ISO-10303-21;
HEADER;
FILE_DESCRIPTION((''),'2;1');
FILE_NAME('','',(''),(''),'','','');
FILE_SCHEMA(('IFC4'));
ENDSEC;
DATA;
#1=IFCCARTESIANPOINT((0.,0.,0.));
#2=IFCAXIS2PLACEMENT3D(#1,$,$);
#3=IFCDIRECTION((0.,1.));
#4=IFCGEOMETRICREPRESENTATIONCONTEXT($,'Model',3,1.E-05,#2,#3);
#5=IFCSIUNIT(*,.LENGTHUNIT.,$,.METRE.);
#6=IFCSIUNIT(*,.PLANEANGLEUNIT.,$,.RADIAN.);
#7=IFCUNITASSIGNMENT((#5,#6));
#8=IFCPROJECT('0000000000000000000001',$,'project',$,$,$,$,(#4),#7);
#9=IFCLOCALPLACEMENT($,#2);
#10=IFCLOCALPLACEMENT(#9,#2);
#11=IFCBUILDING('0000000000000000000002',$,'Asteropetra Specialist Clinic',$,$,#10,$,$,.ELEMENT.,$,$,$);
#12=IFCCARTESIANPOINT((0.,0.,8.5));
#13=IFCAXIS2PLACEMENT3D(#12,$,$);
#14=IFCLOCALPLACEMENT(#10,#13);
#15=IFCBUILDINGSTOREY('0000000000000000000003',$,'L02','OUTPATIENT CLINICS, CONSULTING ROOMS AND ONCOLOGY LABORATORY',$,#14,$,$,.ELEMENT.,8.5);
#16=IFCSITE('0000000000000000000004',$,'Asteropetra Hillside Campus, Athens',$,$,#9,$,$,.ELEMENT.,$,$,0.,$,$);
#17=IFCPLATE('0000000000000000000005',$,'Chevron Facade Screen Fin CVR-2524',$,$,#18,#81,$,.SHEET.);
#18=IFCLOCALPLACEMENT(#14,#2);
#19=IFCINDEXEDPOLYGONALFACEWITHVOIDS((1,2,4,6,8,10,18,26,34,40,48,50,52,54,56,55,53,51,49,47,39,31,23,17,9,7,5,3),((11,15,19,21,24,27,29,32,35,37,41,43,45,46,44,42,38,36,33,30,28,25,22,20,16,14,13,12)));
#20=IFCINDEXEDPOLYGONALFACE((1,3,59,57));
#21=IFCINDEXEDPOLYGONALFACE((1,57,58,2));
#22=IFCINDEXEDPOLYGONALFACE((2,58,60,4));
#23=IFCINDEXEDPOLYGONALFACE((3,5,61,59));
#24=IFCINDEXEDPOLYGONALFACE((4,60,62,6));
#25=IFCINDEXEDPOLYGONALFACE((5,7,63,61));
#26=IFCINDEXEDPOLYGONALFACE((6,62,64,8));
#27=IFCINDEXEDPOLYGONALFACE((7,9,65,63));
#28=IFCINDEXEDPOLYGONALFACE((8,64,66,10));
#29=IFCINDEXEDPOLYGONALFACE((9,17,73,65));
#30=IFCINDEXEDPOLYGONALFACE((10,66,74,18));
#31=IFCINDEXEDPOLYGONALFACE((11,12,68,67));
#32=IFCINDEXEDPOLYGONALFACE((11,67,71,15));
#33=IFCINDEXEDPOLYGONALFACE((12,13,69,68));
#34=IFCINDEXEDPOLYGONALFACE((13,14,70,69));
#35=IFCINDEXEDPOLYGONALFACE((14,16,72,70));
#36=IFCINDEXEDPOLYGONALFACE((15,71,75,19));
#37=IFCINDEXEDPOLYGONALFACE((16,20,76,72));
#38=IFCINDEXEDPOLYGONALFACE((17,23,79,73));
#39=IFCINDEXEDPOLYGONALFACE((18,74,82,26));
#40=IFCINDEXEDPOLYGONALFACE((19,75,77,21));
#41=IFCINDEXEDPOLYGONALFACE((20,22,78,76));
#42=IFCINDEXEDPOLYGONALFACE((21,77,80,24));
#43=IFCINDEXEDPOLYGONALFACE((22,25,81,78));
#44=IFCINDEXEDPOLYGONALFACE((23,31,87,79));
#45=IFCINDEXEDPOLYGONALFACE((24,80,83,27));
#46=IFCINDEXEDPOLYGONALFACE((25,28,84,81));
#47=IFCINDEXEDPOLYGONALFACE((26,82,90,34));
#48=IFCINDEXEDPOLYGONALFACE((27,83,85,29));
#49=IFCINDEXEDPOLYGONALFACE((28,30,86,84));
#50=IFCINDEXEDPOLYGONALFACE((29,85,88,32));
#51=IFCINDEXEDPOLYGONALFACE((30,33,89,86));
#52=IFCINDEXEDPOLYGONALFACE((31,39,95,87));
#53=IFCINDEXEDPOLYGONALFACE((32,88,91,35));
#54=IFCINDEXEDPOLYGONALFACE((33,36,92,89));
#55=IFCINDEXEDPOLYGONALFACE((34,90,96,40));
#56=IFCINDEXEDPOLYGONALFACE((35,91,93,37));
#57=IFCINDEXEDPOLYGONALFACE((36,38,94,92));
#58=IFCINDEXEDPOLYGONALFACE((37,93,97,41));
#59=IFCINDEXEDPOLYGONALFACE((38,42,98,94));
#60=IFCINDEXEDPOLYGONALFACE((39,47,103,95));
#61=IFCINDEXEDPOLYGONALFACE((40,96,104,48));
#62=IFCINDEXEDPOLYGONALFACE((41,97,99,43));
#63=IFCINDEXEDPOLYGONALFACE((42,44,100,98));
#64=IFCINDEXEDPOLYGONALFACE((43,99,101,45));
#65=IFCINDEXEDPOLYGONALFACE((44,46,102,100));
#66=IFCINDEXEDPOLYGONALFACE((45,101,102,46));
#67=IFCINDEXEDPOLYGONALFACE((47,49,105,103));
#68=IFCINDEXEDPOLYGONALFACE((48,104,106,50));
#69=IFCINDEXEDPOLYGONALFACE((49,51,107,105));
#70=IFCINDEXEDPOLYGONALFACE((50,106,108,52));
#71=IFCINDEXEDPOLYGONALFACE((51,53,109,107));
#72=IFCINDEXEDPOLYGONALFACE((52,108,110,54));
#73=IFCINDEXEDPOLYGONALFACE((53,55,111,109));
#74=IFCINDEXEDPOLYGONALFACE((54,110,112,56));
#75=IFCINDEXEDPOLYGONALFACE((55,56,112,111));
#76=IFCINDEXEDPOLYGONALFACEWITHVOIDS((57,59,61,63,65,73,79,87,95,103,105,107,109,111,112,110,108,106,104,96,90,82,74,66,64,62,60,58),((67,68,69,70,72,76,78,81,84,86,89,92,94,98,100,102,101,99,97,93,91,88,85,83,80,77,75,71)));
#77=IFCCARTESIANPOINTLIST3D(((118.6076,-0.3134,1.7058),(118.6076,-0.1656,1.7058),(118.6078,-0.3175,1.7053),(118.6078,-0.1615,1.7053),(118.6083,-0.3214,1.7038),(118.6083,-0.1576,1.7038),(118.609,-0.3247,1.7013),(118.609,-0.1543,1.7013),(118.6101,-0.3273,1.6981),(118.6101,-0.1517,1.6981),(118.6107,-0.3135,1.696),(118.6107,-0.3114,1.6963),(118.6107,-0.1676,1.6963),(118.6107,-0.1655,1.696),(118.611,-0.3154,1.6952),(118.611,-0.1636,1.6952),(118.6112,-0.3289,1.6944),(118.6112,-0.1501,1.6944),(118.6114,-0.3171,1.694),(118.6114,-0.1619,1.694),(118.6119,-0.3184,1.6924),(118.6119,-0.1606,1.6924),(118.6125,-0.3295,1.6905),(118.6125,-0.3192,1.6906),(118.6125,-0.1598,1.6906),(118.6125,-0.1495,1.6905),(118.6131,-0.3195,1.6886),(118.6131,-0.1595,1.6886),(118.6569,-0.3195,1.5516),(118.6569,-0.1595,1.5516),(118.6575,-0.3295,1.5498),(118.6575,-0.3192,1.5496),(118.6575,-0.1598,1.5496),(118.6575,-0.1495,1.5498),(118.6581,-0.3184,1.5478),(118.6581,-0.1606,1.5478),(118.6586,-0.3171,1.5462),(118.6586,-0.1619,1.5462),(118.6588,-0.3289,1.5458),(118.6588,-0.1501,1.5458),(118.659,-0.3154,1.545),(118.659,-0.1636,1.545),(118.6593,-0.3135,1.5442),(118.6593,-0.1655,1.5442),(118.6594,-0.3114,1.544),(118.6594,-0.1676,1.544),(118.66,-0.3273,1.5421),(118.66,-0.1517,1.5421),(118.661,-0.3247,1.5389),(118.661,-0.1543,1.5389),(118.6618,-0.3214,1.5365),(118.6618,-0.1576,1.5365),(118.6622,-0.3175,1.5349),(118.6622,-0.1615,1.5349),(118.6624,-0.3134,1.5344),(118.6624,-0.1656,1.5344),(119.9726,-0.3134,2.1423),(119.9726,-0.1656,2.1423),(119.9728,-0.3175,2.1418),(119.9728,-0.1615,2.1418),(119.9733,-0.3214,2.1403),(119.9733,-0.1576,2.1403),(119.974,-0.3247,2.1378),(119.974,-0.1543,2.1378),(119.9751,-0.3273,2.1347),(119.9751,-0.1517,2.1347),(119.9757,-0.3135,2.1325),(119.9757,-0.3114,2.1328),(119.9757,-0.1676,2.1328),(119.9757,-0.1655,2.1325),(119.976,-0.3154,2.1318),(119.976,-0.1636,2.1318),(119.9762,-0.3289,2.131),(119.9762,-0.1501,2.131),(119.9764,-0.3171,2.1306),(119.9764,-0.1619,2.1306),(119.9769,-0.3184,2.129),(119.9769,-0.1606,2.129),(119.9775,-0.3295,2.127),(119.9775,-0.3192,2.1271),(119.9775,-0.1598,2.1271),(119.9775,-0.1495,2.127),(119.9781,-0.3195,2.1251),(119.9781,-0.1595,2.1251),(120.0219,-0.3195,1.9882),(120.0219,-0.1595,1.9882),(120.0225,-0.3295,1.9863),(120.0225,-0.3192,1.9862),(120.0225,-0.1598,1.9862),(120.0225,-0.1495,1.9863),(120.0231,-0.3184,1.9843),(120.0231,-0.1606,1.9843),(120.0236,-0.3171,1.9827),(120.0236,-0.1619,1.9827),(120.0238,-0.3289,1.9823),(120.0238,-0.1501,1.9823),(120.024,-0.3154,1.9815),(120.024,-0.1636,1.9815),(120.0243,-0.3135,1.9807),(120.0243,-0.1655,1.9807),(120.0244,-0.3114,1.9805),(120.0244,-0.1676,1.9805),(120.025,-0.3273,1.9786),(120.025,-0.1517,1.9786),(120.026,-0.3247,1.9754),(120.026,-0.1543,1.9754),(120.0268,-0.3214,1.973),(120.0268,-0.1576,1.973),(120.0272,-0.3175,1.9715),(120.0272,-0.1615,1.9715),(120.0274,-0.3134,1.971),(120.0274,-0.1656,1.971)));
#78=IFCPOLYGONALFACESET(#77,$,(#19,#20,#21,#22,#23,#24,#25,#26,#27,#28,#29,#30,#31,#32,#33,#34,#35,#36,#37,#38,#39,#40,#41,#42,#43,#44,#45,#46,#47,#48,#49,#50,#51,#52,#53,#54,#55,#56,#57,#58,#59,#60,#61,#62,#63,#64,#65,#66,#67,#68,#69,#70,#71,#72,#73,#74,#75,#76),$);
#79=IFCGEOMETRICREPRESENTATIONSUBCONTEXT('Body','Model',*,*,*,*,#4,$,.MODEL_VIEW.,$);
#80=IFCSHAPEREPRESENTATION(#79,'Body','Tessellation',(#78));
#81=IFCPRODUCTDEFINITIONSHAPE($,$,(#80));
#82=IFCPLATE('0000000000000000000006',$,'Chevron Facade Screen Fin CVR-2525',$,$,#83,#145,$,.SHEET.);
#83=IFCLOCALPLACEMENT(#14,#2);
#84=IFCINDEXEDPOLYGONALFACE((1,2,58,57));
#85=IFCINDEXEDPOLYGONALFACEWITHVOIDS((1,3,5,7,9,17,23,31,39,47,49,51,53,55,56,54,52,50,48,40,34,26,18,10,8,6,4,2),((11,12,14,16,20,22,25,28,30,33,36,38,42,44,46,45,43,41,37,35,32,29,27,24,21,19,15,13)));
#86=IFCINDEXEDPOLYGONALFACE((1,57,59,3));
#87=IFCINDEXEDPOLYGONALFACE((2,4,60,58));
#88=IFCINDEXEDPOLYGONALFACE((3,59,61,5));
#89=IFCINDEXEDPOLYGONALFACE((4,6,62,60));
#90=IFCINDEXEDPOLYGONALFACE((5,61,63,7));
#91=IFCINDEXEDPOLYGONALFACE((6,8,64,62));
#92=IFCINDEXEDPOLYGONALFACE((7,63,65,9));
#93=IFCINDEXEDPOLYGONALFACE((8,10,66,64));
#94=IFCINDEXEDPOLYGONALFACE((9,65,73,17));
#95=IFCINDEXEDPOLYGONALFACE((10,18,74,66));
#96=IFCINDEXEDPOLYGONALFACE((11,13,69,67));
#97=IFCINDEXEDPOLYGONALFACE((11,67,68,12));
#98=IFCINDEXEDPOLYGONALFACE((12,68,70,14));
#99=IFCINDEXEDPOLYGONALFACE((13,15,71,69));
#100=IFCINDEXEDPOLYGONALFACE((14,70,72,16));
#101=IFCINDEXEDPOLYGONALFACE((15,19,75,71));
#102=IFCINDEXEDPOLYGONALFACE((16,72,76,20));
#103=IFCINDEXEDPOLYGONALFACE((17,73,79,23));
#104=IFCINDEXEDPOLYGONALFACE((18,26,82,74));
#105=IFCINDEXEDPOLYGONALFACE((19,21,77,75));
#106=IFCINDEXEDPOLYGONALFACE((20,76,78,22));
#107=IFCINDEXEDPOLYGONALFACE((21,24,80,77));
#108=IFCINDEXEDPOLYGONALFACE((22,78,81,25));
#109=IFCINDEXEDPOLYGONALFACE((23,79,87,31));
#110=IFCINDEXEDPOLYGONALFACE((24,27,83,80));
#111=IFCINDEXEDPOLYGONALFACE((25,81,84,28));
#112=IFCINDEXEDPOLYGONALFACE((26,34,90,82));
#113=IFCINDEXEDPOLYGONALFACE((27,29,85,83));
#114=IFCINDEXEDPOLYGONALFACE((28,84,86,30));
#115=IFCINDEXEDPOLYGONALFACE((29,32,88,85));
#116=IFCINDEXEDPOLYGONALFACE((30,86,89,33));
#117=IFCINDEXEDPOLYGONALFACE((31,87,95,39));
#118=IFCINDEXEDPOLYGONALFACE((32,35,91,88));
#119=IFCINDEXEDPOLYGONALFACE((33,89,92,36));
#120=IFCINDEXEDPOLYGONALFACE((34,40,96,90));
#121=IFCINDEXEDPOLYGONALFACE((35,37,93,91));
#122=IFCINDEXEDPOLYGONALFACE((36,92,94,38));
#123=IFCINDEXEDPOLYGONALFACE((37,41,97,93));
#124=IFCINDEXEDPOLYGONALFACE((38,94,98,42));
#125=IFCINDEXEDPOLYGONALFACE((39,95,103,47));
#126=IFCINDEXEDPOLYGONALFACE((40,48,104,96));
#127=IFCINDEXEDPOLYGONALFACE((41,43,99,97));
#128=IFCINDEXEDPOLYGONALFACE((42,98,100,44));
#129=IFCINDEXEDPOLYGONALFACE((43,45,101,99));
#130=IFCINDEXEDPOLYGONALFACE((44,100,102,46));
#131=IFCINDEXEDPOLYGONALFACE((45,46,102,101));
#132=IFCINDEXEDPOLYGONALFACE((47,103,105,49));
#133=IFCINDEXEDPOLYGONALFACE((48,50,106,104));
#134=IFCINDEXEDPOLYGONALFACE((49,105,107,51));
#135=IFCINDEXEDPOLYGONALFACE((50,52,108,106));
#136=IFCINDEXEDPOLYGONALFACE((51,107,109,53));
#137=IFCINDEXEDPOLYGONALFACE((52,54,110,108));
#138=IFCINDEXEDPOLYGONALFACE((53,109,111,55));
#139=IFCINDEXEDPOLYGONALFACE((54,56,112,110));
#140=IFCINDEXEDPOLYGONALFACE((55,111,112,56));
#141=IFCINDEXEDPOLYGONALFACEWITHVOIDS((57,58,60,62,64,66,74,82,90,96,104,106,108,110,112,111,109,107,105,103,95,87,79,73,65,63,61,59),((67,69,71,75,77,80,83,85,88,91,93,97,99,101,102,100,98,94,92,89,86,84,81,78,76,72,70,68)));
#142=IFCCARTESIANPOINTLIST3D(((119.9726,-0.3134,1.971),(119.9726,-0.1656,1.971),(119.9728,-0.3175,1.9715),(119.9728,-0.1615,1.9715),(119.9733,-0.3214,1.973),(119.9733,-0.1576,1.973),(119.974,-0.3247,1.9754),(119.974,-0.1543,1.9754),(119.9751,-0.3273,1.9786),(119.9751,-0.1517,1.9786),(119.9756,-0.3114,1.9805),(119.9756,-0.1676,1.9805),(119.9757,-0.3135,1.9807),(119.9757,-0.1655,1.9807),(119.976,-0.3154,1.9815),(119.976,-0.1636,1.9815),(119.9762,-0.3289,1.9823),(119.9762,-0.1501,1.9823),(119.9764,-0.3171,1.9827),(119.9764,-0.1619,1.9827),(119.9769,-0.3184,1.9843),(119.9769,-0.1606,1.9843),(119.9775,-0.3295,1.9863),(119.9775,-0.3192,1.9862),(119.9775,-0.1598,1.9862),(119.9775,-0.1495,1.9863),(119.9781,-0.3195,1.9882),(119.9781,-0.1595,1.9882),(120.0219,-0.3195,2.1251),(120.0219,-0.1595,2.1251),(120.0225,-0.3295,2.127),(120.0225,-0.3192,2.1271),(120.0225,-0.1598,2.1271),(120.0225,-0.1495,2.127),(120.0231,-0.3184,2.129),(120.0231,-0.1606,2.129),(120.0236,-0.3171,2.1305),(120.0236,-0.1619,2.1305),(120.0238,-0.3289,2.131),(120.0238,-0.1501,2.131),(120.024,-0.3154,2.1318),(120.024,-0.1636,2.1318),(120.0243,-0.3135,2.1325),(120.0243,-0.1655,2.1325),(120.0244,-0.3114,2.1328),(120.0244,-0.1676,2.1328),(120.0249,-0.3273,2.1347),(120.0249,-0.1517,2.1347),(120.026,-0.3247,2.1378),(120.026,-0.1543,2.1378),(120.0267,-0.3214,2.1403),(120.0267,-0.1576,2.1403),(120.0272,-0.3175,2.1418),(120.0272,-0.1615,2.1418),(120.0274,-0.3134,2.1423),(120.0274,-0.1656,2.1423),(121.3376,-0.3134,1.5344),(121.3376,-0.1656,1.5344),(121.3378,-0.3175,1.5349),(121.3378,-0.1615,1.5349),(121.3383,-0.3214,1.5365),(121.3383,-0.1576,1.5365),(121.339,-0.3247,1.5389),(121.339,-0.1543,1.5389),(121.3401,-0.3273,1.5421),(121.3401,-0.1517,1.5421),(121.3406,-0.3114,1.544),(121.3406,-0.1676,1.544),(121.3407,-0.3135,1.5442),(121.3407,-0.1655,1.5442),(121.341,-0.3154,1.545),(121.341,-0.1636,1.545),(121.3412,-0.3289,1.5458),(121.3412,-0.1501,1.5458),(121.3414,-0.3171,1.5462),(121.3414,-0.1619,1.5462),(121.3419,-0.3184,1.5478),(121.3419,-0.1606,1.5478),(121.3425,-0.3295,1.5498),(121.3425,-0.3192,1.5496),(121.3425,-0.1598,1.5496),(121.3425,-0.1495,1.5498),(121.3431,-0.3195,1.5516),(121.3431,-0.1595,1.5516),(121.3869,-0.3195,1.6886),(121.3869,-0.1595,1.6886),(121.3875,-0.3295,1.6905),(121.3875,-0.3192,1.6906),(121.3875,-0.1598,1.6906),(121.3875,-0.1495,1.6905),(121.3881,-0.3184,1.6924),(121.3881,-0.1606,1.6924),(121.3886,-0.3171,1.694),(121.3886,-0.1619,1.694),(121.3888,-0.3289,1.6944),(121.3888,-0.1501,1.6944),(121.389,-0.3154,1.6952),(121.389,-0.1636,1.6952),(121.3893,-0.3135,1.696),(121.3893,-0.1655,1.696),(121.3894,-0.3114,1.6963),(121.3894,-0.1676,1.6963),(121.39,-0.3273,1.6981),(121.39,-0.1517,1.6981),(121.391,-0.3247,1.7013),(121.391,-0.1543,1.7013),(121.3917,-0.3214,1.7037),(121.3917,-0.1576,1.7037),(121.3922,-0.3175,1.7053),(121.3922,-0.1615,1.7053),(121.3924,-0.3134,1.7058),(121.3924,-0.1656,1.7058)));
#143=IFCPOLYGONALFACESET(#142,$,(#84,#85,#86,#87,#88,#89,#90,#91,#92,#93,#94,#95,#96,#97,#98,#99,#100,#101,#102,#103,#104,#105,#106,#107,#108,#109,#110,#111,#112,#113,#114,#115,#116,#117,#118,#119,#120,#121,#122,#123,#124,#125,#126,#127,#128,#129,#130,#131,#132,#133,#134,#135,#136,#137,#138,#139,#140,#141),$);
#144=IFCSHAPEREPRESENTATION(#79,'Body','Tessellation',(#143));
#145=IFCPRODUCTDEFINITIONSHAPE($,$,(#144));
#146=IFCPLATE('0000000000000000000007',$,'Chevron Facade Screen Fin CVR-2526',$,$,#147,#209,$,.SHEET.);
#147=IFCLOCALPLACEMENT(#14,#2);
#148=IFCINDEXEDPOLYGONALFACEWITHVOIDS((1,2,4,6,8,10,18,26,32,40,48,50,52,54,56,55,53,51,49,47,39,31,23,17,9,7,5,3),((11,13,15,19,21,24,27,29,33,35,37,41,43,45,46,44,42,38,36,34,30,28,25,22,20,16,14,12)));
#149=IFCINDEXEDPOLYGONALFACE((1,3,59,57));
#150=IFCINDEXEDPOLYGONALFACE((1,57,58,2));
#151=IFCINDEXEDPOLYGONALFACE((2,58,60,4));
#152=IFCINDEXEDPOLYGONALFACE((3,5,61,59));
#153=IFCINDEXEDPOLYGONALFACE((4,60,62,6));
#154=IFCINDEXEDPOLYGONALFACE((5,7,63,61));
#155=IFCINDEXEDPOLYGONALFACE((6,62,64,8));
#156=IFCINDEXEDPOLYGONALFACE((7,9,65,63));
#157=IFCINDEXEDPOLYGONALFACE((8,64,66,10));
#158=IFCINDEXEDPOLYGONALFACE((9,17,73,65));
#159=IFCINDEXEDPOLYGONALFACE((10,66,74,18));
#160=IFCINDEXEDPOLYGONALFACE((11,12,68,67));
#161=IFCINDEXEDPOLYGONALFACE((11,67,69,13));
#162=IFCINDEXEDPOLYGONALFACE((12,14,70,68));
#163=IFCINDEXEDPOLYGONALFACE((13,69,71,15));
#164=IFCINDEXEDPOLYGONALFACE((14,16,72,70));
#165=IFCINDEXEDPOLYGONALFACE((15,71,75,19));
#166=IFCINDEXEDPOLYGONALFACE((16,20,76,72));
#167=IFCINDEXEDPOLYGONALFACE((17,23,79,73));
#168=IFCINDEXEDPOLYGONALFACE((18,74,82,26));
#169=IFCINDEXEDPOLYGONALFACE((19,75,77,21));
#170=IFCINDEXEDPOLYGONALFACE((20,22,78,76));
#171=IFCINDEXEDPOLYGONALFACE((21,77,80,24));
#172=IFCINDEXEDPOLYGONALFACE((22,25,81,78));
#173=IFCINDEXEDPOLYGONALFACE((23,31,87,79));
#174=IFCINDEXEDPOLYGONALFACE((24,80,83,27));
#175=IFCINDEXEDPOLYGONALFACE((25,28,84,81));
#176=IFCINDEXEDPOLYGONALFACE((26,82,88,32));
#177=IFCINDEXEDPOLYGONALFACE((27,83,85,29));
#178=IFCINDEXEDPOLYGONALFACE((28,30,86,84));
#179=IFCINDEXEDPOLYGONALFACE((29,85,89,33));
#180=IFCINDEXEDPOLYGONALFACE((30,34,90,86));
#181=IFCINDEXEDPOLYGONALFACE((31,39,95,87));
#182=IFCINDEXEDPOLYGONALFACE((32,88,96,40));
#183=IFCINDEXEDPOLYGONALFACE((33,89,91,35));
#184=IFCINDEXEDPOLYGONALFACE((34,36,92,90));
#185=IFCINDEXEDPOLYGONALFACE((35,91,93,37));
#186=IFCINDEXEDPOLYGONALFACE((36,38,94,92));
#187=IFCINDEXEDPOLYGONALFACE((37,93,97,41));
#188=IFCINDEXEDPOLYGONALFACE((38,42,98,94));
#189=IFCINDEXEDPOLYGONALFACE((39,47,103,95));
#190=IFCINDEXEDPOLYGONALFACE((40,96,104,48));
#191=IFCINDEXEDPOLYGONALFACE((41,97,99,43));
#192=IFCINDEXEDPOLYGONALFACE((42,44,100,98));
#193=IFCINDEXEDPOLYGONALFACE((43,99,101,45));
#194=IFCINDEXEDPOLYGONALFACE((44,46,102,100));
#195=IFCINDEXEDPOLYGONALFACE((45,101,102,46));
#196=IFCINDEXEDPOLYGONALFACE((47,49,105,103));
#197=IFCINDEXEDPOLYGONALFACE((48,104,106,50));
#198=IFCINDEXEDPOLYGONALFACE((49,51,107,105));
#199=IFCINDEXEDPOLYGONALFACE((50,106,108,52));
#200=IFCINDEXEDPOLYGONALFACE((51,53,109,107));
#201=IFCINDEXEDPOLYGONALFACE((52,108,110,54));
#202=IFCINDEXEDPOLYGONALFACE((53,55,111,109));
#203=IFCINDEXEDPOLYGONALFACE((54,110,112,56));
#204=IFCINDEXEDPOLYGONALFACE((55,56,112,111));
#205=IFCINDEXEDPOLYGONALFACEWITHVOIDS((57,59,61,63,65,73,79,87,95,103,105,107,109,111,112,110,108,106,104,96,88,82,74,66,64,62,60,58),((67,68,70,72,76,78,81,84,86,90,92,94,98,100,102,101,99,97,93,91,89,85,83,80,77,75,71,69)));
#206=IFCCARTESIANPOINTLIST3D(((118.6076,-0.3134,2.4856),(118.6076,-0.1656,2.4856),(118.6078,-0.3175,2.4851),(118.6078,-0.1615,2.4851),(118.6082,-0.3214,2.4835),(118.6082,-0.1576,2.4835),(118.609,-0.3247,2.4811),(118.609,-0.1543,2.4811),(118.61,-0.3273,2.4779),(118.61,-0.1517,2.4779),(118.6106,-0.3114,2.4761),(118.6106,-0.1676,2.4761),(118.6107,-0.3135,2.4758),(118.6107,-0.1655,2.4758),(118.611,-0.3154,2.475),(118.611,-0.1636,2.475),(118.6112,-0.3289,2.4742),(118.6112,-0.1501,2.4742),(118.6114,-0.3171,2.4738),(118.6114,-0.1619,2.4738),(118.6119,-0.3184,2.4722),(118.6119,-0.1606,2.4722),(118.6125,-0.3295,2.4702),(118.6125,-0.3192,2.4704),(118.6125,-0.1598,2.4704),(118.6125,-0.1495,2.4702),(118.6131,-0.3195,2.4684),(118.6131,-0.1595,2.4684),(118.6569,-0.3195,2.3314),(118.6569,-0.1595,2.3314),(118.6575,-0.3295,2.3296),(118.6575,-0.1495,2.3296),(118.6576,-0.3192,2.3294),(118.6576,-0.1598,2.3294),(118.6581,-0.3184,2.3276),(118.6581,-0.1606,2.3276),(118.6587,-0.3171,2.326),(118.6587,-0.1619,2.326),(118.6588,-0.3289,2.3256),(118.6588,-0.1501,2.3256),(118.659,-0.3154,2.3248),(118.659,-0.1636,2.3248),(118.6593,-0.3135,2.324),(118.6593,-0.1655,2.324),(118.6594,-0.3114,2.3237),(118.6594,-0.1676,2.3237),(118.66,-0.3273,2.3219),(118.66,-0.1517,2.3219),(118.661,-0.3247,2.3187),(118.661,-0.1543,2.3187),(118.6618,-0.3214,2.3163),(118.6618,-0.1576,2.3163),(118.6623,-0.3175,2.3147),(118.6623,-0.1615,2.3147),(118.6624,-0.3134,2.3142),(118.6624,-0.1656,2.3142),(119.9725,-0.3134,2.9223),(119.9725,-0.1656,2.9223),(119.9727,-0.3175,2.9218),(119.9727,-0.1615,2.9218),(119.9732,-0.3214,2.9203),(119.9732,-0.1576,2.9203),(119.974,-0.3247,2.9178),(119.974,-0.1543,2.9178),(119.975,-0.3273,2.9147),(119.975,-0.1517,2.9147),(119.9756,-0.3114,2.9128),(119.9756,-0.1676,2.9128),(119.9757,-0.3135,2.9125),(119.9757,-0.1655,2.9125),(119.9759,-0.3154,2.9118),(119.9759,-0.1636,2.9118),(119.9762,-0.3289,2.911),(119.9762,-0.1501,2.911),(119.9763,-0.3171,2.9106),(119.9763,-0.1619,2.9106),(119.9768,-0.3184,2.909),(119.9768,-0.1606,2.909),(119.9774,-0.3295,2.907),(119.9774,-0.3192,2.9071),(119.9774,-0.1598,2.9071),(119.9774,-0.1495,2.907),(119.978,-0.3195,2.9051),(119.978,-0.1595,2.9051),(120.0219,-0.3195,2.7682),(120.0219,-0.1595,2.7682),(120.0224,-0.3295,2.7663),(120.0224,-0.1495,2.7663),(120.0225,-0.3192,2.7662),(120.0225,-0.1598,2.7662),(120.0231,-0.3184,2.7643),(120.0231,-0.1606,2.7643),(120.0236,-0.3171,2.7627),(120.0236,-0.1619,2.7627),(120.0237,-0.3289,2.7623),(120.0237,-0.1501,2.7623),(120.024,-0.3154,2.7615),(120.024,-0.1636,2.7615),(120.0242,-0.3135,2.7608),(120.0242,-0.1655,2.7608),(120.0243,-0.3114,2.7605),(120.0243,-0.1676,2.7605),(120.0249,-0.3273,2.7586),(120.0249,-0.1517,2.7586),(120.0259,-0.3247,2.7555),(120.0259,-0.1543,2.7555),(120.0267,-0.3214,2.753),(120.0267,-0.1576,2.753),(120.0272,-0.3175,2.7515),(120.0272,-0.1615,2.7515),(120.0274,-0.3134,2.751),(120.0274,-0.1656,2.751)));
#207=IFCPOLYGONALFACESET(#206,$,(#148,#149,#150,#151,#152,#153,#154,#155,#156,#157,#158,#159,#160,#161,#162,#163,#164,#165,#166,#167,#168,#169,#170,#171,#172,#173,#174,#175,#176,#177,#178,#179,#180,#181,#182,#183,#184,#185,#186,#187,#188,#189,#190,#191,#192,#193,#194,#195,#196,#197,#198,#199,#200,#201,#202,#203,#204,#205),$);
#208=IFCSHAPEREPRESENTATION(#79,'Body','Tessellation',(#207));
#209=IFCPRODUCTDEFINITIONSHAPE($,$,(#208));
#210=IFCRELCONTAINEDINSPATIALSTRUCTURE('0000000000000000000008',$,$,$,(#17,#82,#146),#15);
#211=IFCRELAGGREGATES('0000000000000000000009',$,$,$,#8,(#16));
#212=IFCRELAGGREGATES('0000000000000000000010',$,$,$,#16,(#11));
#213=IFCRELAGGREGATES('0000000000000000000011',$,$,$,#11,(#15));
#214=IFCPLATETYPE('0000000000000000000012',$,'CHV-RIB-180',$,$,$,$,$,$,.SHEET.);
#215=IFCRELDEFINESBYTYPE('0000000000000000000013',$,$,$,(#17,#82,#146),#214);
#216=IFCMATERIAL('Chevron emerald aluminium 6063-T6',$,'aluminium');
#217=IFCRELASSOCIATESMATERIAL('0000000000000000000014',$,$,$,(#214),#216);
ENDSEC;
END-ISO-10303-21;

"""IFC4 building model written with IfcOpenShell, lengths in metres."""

from ifc_helpers import new_model, si_unit, direction, frame, origin, origin_2d, place, context, subcontext, project, spatial, hollow_rectangle, extrude, material, material_profile, profile_set, type_object, element, save


model = new_model("IFC4")

# Units and contexts
model_context = context("Model", 3, precision=1e-05, world=origin(), true_north=direction((0.0, 1.0)))
body_context = subcontext(model_context, "Body", "Model", "MODEL_VIEW")
ifc_project = project(units=[si_unit("LENGTHUNIT", "METRE"), si_unit("PLANEANGLEUNIT", "RADIAN")], contexts=[model_context])

# Site, building, storey
site_placement = place(None, origin())
site = spatial("IfcSite", under=ifc_project, at=site_placement, Name="Asteropetra Hillside Campus, Athens", CompositionType="ELEMENT", RefElevation=0.0)
building_placement = place(site_placement, origin())
building = spatial("IfcBuilding", under=site, at=building_placement, Name="Asteropetra Specialist Clinic", CompositionType="ELEMENT")
storey_placement = place(building_placement, frame((0.0, 0.0, 8.5)))
storey = spatial("IfcBuildingStorey", under=building, at=storey_placement, Name="L02", Description="OUTPATIENT CLINICS, CONSULTING ROOMS AND ONCOLOGY LABORATORY", CompositionType="ELEMENT", Elevation=8.5)

# Plates
ifc_material_1 = material(Name="Chevron emerald aluminium 6063-T6", Category="aluminium")
ifc_material_profile = material_profile(ifc_material_1, hollow_rectangle(XDim=0.1799, YDim=0.1799, WallThickness=0.01, InnerFilletRadius=0.0081, OuterFilletRadius=0.0161, at=origin_2d()), Name="SHS 180x180x10.0")
ifc_profile_set = profile_set([ifc_material_profile], Name="Chevron emerald aluminium 6063-T6")
plate_type = type_object("IfcPlateType", Name="CHV-RIB-180", PredefinedType="SHEET", material=ifc_profile_set)
for number, where, z_axis, x_axis, name in (
    (1, (118.635, -0.2395, 1.6201), (0.95248, 0.0, 0.304603), (0.0, 1.0, 0.0), "Chevron Facade Screen Fin CVR-2524"),
    (2, (120.0, -0.2395, 2.0566), (0.95248, 0.0, -0.304603), (0.0, 1.0, 0.0), "Chevron Facade Screen Fin CVR-2525"),
    (3, (118.635, -0.2395, 2.3999), (0.95243, 0.0, 0.304757), (0.0, 1.0, 0.0), "Chevron Facade Screen Fin CVR-2526"),
):
    element("IfcPlate", number, at=place(storey_placement, frame(where, z_axis=z_axis, x_axis=x_axis)), inside=storey, type_object=plate_type, Name=name, PredefinedType="SHEET", context=body_context, shape_type="SweptSolid", body=[
        extrude(hollow_rectangle(XDim=0.1799, YDim=0.1799, WallThickness=0.01, InnerFilletRadius=0.0081, OuterFilletRadius=0.0161, at=origin_2d()), origin(), (0.0, 0.0, 1.0), 1.4331),
    ])

save(model, "model.ifc")
